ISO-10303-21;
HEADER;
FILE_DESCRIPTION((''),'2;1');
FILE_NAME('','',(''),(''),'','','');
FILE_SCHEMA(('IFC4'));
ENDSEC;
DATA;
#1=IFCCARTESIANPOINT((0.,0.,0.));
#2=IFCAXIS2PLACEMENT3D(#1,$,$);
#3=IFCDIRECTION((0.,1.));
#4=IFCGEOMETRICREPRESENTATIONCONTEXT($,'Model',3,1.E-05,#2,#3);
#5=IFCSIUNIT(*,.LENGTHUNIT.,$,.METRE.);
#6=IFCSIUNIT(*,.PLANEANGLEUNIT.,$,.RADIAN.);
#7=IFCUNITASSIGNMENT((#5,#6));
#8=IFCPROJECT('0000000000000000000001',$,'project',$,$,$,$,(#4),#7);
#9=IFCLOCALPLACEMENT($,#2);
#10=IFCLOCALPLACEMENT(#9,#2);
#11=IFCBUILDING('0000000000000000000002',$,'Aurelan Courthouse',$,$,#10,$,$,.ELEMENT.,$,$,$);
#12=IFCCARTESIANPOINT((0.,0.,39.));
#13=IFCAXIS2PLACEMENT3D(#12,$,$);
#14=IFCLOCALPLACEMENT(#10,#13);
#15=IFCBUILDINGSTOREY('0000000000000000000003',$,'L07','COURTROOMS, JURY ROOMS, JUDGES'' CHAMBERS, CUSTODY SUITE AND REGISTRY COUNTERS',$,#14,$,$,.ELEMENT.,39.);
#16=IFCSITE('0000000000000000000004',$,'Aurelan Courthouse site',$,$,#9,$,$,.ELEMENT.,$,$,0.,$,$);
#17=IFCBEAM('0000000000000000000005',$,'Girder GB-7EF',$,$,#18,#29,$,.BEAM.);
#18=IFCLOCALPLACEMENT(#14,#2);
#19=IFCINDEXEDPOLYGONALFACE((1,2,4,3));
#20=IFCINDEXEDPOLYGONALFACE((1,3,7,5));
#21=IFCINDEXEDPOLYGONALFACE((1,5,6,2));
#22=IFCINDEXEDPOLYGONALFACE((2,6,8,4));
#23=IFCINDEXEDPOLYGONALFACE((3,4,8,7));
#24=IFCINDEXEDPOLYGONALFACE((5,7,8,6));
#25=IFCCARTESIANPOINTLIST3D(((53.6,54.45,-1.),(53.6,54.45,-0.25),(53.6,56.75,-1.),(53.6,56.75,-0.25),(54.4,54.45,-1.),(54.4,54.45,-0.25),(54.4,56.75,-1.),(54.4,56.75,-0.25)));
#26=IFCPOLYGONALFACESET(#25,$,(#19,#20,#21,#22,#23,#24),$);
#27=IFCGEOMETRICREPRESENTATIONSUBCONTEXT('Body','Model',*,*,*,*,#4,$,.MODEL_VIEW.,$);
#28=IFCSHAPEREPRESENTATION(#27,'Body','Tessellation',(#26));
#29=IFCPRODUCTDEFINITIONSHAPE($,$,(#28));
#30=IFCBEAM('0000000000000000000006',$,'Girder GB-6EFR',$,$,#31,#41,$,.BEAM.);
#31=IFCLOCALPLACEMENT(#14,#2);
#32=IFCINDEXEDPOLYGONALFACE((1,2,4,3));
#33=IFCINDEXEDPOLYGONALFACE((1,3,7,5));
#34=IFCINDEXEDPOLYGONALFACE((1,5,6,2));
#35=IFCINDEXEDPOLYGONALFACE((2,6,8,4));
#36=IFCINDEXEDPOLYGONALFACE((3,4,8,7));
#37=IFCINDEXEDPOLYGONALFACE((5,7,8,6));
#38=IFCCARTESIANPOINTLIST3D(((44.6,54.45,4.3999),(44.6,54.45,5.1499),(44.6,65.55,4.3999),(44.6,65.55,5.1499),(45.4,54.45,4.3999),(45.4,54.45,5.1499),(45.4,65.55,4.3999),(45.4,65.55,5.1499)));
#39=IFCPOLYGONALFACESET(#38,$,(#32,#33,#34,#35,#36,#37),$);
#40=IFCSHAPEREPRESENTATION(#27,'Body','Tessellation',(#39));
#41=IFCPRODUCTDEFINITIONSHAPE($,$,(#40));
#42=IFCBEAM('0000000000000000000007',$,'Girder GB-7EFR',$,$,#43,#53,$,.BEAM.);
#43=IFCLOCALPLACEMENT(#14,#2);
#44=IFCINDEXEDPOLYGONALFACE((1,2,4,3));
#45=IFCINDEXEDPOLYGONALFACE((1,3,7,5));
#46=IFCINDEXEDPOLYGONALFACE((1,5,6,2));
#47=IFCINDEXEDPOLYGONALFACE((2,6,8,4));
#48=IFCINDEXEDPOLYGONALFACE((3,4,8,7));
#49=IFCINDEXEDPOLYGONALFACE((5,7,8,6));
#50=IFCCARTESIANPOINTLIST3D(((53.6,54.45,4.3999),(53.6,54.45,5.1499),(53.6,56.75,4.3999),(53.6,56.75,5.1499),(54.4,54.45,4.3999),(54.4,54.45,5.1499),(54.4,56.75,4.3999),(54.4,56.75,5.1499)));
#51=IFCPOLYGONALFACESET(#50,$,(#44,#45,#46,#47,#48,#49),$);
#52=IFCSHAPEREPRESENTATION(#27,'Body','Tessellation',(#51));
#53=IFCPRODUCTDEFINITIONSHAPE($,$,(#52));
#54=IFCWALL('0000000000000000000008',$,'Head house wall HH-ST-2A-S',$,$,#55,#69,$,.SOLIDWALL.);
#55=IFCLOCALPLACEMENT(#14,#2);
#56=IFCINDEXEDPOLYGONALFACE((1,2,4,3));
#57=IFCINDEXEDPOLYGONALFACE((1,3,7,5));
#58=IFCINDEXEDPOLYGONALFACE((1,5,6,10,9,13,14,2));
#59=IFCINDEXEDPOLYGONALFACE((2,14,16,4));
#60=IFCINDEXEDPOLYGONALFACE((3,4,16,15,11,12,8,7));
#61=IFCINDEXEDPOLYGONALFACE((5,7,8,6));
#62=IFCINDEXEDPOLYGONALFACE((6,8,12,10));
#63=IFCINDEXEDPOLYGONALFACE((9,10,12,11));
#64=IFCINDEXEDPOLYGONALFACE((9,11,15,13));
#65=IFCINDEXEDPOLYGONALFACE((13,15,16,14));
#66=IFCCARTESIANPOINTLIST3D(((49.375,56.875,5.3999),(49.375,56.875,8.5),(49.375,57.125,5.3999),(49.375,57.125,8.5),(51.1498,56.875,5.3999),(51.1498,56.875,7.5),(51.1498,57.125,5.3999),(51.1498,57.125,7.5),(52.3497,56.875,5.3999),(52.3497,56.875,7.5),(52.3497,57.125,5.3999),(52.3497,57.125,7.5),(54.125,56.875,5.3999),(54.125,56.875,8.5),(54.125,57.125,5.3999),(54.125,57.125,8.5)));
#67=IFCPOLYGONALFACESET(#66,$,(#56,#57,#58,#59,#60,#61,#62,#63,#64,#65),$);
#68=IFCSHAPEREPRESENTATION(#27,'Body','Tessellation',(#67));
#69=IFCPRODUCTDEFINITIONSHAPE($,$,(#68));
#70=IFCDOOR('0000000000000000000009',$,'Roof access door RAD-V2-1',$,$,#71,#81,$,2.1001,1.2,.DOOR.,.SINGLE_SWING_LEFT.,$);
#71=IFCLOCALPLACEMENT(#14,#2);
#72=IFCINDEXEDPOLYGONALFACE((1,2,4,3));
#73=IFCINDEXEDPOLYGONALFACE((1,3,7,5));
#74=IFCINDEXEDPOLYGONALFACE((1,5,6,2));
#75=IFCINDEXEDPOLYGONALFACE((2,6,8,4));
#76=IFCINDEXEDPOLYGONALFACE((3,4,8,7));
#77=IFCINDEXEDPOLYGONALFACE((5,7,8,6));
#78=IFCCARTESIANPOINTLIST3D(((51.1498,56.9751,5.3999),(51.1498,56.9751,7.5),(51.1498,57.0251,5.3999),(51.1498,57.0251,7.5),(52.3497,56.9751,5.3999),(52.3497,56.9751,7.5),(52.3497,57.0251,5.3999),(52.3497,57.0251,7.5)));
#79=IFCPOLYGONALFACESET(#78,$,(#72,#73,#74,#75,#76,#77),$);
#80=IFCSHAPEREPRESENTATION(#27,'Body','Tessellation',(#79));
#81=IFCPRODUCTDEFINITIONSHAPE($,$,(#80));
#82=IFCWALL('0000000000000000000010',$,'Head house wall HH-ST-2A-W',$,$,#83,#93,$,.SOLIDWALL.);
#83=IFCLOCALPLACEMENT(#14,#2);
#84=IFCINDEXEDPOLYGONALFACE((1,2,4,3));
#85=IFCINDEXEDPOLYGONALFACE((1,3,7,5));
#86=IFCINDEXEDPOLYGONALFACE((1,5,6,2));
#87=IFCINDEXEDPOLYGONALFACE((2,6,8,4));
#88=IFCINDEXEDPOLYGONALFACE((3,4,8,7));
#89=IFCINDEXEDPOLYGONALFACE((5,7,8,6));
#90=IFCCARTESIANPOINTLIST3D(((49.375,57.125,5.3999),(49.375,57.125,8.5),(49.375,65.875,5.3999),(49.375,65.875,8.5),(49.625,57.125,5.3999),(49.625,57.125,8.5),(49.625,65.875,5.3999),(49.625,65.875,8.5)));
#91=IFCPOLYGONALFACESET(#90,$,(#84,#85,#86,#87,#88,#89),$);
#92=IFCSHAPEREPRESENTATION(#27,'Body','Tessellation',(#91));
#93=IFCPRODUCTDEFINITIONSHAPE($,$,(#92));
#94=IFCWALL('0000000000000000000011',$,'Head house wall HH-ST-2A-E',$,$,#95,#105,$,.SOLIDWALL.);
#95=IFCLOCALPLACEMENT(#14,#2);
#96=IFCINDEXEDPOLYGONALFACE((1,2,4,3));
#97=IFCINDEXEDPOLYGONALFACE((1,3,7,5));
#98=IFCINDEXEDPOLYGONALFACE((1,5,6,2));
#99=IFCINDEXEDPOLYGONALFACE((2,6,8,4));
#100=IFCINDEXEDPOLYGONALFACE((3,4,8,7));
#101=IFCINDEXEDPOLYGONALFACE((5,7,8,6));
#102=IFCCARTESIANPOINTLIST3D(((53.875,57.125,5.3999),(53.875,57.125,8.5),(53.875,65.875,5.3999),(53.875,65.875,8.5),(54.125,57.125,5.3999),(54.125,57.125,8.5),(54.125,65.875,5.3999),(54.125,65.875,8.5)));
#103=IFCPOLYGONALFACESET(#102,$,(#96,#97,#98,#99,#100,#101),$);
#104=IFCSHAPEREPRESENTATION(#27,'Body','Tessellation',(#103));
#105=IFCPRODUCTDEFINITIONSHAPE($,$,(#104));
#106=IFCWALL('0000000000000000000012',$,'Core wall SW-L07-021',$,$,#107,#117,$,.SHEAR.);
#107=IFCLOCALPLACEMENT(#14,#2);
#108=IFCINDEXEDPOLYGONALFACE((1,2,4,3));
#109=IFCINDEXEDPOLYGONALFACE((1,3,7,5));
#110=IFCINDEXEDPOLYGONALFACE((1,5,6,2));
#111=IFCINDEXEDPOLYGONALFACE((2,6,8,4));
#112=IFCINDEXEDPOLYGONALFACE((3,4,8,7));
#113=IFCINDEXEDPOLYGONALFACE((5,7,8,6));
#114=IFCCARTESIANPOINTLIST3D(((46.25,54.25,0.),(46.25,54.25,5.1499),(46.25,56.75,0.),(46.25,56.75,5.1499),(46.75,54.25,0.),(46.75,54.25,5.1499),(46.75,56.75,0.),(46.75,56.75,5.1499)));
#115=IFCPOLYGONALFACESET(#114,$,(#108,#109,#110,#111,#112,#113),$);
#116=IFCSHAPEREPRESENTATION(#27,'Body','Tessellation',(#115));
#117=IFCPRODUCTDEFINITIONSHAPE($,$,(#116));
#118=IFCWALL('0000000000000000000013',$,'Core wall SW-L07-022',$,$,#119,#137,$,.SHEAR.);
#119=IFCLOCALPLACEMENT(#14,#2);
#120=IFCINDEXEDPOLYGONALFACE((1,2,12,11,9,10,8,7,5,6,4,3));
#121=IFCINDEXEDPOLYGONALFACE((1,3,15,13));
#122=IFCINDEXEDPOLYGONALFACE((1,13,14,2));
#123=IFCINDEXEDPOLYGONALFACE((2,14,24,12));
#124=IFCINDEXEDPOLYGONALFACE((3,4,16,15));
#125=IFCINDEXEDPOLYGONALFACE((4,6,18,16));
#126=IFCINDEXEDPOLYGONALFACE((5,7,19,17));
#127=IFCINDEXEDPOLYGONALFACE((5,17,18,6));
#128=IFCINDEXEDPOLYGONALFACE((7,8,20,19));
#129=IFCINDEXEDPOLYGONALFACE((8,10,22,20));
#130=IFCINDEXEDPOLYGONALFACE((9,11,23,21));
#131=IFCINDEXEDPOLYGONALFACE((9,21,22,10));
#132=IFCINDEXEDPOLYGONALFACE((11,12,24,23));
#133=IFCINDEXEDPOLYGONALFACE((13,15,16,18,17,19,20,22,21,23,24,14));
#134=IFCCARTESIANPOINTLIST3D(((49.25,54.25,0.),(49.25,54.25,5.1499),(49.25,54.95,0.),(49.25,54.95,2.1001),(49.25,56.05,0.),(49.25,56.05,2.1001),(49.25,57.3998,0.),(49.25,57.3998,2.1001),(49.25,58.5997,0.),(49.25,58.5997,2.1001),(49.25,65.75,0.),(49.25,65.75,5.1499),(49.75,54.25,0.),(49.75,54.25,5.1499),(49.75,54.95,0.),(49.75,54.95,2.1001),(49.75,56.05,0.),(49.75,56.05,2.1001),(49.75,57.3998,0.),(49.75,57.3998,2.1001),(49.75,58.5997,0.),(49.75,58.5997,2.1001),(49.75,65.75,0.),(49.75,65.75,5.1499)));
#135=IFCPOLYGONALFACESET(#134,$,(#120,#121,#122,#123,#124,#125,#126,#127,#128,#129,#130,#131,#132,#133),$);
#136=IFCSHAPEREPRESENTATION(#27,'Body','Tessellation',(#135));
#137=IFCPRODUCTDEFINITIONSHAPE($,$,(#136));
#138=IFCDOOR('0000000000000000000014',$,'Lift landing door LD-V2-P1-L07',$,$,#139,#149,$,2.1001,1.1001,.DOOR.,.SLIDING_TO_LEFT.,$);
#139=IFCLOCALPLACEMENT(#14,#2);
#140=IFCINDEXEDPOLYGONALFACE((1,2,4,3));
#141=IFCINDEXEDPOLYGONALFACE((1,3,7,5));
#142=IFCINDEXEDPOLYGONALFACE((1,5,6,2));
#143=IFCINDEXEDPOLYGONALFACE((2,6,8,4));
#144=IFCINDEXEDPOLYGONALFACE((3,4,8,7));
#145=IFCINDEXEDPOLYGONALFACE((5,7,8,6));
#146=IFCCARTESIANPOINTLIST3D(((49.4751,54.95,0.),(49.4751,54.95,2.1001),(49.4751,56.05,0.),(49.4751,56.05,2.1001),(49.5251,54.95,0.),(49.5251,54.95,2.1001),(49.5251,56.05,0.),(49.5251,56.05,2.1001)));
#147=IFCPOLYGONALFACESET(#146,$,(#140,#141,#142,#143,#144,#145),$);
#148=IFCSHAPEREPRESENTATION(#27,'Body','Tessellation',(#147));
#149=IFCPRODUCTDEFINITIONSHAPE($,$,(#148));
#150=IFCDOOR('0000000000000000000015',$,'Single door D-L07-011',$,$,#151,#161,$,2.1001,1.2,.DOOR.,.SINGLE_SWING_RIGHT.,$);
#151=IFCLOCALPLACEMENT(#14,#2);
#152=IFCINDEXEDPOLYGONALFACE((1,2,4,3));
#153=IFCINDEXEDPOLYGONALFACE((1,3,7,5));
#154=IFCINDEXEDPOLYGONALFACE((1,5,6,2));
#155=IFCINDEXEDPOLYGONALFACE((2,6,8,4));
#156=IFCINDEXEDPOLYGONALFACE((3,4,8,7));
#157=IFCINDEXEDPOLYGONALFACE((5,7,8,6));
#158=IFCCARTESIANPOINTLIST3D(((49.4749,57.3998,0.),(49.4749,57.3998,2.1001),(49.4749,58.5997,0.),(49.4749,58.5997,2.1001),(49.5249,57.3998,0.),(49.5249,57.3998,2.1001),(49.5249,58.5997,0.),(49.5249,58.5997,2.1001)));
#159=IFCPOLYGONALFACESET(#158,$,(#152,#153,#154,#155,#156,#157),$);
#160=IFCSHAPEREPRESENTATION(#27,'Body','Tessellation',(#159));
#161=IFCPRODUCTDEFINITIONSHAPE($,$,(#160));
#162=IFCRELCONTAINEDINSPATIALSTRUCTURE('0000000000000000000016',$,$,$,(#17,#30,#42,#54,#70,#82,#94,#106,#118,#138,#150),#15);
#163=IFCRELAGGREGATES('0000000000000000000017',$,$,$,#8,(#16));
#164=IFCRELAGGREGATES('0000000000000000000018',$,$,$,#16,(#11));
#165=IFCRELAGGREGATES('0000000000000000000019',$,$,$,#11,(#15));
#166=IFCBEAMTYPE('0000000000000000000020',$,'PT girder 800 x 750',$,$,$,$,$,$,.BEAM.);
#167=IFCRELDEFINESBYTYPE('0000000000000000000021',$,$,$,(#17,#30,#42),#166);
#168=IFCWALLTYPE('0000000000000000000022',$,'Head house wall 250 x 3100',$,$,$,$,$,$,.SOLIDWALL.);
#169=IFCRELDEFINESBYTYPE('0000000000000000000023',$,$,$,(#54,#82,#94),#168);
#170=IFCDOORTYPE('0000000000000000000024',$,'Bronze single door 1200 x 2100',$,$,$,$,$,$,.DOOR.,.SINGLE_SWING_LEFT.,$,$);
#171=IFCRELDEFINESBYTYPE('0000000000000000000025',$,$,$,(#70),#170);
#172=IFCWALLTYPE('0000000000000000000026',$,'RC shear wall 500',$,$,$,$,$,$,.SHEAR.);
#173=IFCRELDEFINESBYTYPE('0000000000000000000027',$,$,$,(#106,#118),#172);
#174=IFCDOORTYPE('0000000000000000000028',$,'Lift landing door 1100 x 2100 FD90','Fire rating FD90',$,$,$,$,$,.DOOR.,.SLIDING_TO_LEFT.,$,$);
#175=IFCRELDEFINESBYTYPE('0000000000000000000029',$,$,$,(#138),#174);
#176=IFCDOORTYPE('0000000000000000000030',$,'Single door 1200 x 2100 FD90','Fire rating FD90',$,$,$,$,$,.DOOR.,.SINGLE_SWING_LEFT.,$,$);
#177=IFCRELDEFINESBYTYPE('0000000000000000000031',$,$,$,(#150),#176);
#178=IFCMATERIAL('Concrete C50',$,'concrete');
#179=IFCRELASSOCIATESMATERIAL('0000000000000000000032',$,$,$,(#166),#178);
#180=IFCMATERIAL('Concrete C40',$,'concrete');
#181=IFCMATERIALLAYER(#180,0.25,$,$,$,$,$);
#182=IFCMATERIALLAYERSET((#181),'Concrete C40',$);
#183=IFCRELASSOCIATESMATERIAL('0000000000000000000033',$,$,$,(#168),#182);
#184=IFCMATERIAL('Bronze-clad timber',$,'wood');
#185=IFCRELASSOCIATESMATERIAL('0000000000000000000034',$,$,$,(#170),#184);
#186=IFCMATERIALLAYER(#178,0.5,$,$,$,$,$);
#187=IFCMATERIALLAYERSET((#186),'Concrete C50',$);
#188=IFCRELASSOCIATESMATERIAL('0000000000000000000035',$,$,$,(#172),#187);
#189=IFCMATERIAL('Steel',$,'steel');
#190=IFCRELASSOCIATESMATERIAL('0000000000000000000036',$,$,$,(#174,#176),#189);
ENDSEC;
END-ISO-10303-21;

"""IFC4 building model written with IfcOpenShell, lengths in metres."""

from ifc_helpers import new_model, si_unit, direction, frame, frame_2d, origin, origin_2d, place, context, subcontext, project, spatial, rectangle, extrude, material, layer, layer_set, material_profile, profile_set, type_object, element, fill, save


model = new_model("IFC4")

# Units and contexts
model_context = context("Model", 3, precision=1e-05, world=origin(), true_north=direction((0.0, 1.0)))
body_context = subcontext(model_context, "Body", "Model", "MODEL_VIEW")
ifc_project = project(units=[si_unit("LENGTHUNIT", "METRE"), si_unit("PLANEANGLEUNIT", "RADIAN")], contexts=[model_context])

# Site, building, storey
site_placement = place(None, origin())
site = spatial("IfcSite", under=ifc_project, at=site_placement, Name="Aurelan Courthouse site", CompositionType="ELEMENT", RefElevation=0.0)
building_placement = place(site_placement, origin())
building = spatial("IfcBuilding", under=site, at=building_placement, Name="Aurelan Courthouse", CompositionType="ELEMENT")
storey_placement = place(building_placement, frame((0.0, 0.0, 39.0)))
storey = spatial("IfcBuildingStorey", under=building, at=storey_placement, Name="L07", Description="COURTROOMS, JURY ROOMS, JUDGES' CHAMBERS, CUSTODY SUITE AND REGISTRY COUNTERS", CompositionType="ELEMENT", Elevation=39.0)

# Beams
ifc_material_1 = material(Name="Concrete C50", Category="concrete")
ifc_material_profile_1 = material_profile(ifc_material_1, rectangle(XDim=0.8, YDim=0.75, at=origin_2d()), Name="RC 800 x 750")
ifc_profile_set_1 = profile_set([ifc_material_profile_1], Name="Concrete C50")
beam_type_1 = type_object("IfcBeamType", Name="PT girder 800 x 750", PredefinedType="BEAM", material=ifc_profile_set_1)
beam_1_placement = place(storey_placement, frame((54.0, 54.45, -0.625), z_axis=(0.0, 1.0, 0.0), x_axis=(-1.0, 0.0, 0.0)))
element("IfcBeam", 1, at=beam_1_placement, inside=storey, type_object=beam_type_1, Name="Girder GB-7EF", PredefinedType="BEAM", context=body_context, shape_type="SweptSolid", body=[
    extrude(rectangle(XDim=0.8, YDim=0.75, at=origin_2d()), origin(), (0.0, 0.0, 1.0), 2.3),
])
beam_2_placement = place(storey_placement, frame((45.0, 54.45, 4.7749), z_axis=(0.0, 1.0, 0.0), x_axis=(-1.0, 0.0, 0.0)))
element("IfcBeam", 2, at=beam_2_placement, inside=storey, type_object=beam_type_1, Name="Girder GB-6EFR", PredefinedType="BEAM", context=body_context, shape_type="SweptSolid", body=[
    extrude(rectangle(XDim=0.8, YDim=0.75, at=origin_2d()), origin(), (0.0, 0.0, 1.0), 11.1001),
])
beam_3_placement = place(storey_placement, frame((54.0, 54.45, 4.7749), z_axis=(0.0, 1.0, 0.0), x_axis=(-1.0, 0.0, 0.0)))
element("IfcBeam", 3, at=beam_3_placement, inside=storey, type_object=beam_type_1, Name="Girder GB-7EFR", PredefinedType="BEAM", context=body_context, shape_type="SweptSolid", body=[
    extrude(rectangle(XDim=0.8, YDim=0.75, at=origin_2d()), origin(), (0.0, 0.0, 1.0), 2.3),
])

# Wall, opening, door
ifc_material_2 = material(Name="Concrete C40", Category="concrete")
ifc_layer_1 = layer(ifc_material_2, 0.25)
ifc_layer_set_1 = layer_set([ifc_layer_1], Name="Concrete C40")
wall_type_1 = type_object("IfcWallType", Name="Head house wall 250 x 3100", PredefinedType="SOLIDWALL", material=ifc_layer_set_1)
wall_1_placement = place(storey_placement, frame((49.375, 57.0, 5.3999), z_axis=(0.0, 0.0, 1.0), x_axis=(1.0, 0.0, 0.0)))
wall_1 = element("IfcWall", 4, at=wall_1_placement, inside=storey, type_object=wall_type_1, Name="Head house wall HH-ST-2A-S", PredefinedType="SOLIDWALL", context=body_context, shape_type="SweptSolid", body=[
    extrude(rectangle(XDim=4.75, YDim=0.25, at=frame_2d((2.375, 0.0))), origin(), (0.0, 0.0, 1.0), 3.1001),
])
opening_1_placement = place(wall_1_placement, frame((2.9749, 0.0, 0.0), z_axis=(0.0, 0.0, 1.0), x_axis=(-1.0, 0.0, 0.0)))
opening_1 = element("IfcOpeningElement", 5, at=opening_1_placement, cuts=wall_1, PredefinedType="OPENING", context=body_context, shape_type="SweptSolid", body=[
    extrude(rectangle(XDim=1.2, YDim=2.1001, at=frame_2d((0.6001, 1.05))), frame((0.0, 0.135, 0.0), z_axis=(0.0, -1.0, 0.0), x_axis=(1.0, 0.0, 0.0)), (0.0, 0.0, 1.0), 0.27),
])
ifc_material_3 = material(Name="Bronze-clad timber", Category="wood")
door_type_1 = type_object("IfcDoorType", Name="Bronze single door 1200 x 2100", OperationType="SINGLE_SWING_LEFT", PredefinedType="DOOR", material=ifc_material_3)
door_1_placement = place(opening_1_placement, origin())
door_1 = element("IfcDoor", 6, at=door_1_placement, inside=storey, type_object=door_type_1, Name="Roof access door RAD-V2-1", OperationType="SINGLE_SWING_LEFT", OverallHeight=2.1001, OverallWidth=1.2, PredefinedType="DOOR", context=body_context, shape_type="SweptSolid", body=[
    extrude(rectangle(XDim=1.2, YDim=2.1001, at=frame_2d((0.6001, 1.05))), frame((0.0, 0.0249, 0.0), z_axis=(0.0, -1.0, 0.0), x_axis=(1.0, 0.0, 0.0)), (0.0, 0.0, 1.0), 0.05),
])
fill(opening_1, door_1)

# Walls
for number, where, z_axis, x_axis, name in (
    (7, (49.5, 57.125, 5.3999), (0.0, 0.0, 1.0), (0.0, 1.0, 0.0), "Head house wall HH-ST-2A-W"),
    (8, (54.0, 57.125, 5.3999), (0.0, 0.0, 1.0), (0.0, 1.0, 0.0), "Head house wall HH-ST-2A-E"),
):
    element("IfcWall", number, at=place(storey_placement, frame(where, z_axis=z_axis, x_axis=x_axis)), inside=storey, type_object=wall_type_1, Name=name, PredefinedType="SOLIDWALL", context=body_context, shape_type="SweptSolid", body=[
        extrude(rectangle(XDim=8.75, YDim=0.25, at=frame_2d((4.375, 0.0))), origin(), (0.0, 0.0, 1.0), 3.1001),
    ])
ifc_layer_2 = layer(ifc_material_1, 0.5)
ifc_layer_set_2 = layer_set([ifc_layer_2], Name="Concrete C50")
wall_type_2 = type_object("IfcWallType", Name="RC shear wall 500", PredefinedType="SHEAR", material=ifc_layer_set_2)
wall_2_placement = place(storey_placement, frame((46.5, 54.25, 0.0), z_axis=(0.0, 0.0, 1.0), x_axis=(0.0, 1.0, 0.0)))
element("IfcWall", 9, at=wall_2_placement, inside=storey, type_object=wall_type_2, Name="Core wall SW-L07-021", PredefinedType="SHEAR", context=body_context, shape_type="SweptSolid", body=[
    extrude(rectangle(XDim=2.5, YDim=0.5, at=frame_2d((1.25, 0.0))), origin(), (0.0, 0.0, 1.0), 5.1499),
])

# Wall, openings, doors
wall_3_placement = place(storey_placement, frame((49.5, 54.25, 0.0), z_axis=(0.0, 0.0, 1.0), x_axis=(0.0, 1.0, 0.0)))
wall_3 = element("IfcWall", 10, at=wall_3_placement, inside=storey, type_object=wall_type_2, Name="Core wall SW-L07-022", PredefinedType="SHEAR", context=body_context, shape_type="SweptSolid", body=[
    extrude(rectangle(XDim=11.5, YDim=0.5, at=frame_2d((5.75, 0.0))), origin(), (0.0, 0.0, 1.0), 5.1499),
])
opening_2_placement = place(wall_3_placement, frame((0.7, 0.0, 0.0)))
opening_2 = element("IfcOpeningElement", 11, at=opening_2_placement, cuts=wall_3, PredefinedType="OPENING", context=body_context, shape_type="SweptSolid", body=[
    extrude(rectangle(XDim=1.1001, YDim=2.1001, at=frame_2d((0.55, 1.05))), frame((0.0, 0.26, 0.0), z_axis=(0.0, -1.0, 0.0), x_axis=(1.0, 0.0, 0.0)), (0.0, 0.0, 1.0), 0.52),
])
opening_3_placement = place(wall_3_placement, frame((4.3499, 0.0, 0.0), z_axis=(0.0, 0.0, 1.0), x_axis=(-1.0, 0.0, 0.0)))
opening_3 = element("IfcOpeningElement", 12, at=opening_3_placement, cuts=wall_3, PredefinedType="OPENING", context=body_context, shape_type="SweptSolid", body=[
    extrude(rectangle(XDim=1.2, YDim=2.1001, at=frame_2d((0.6001, 1.05))), frame((0.0, 0.26, 0.0), z_axis=(0.0, -1.0, 0.0), x_axis=(1.0, 0.0, 0.0)), (0.0, 0.0, 1.0), 0.52),
])
ifc_material_4 = material(Name="Steel", Category="steel")
door_type_2 = type_object("IfcDoorType", Name="Lift landing door 1100 x 2100 FD90", Description="Fire rating FD90", OperationType="SLIDING_TO_LEFT", PredefinedType="DOOR", material=ifc_material_4)
door_2_placement = place(opening_2_placement, origin())
door_2 = element("IfcDoor", 13, at=door_2_placement, inside=storey, type_object=door_type_2, Name="Lift landing door LD-V2-P1-L07", OperationType="SLIDING_TO_LEFT", OverallHeight=2.1001, OverallWidth=1.1001, PredefinedType="DOOR", context=body_context, shape_type="SweptSolid", body=[
    extrude(rectangle(XDim=1.1001, YDim=2.1001, at=frame_2d((0.55, 1.05))), frame((0.0, 0.0249, 0.0), z_axis=(0.0, -1.0, 0.0), x_axis=(1.0, 0.0, 0.0)), (0.0, 0.0, 1.0), 0.05),
])
fill(opening_2, door_2)
door_type_3 = type_object("IfcDoorType", Name="Single door 1200 x 2100 FD90", Description="Fire rating FD90", OperationType="SINGLE_SWING_LEFT", PredefinedType="DOOR", material=ifc_material_4)
door_3_placement = place(opening_3_placement, origin())
door_3 = element("IfcDoor", 14, at=door_3_placement, inside=storey, type_object=door_type_3, Name="Single door D-L07-011", OperationType="SINGLE_SWING_RIGHT", OverallHeight=2.1001, OverallWidth=1.2, PredefinedType="DOOR", context=body_context, shape_type="SweptSolid", body=[
    extrude(rectangle(XDim=1.2, YDim=2.1001, at=frame_2d((0.6001, 1.05))), frame((0.0, 0.0249, 0.0), z_axis=(0.0, -1.0, 0.0), x_axis=(1.0, 0.0, 0.0)), (0.0, 0.0, 1.0), 0.05),
])
fill(opening_3, door_3)

save(model, "model.ifc")
